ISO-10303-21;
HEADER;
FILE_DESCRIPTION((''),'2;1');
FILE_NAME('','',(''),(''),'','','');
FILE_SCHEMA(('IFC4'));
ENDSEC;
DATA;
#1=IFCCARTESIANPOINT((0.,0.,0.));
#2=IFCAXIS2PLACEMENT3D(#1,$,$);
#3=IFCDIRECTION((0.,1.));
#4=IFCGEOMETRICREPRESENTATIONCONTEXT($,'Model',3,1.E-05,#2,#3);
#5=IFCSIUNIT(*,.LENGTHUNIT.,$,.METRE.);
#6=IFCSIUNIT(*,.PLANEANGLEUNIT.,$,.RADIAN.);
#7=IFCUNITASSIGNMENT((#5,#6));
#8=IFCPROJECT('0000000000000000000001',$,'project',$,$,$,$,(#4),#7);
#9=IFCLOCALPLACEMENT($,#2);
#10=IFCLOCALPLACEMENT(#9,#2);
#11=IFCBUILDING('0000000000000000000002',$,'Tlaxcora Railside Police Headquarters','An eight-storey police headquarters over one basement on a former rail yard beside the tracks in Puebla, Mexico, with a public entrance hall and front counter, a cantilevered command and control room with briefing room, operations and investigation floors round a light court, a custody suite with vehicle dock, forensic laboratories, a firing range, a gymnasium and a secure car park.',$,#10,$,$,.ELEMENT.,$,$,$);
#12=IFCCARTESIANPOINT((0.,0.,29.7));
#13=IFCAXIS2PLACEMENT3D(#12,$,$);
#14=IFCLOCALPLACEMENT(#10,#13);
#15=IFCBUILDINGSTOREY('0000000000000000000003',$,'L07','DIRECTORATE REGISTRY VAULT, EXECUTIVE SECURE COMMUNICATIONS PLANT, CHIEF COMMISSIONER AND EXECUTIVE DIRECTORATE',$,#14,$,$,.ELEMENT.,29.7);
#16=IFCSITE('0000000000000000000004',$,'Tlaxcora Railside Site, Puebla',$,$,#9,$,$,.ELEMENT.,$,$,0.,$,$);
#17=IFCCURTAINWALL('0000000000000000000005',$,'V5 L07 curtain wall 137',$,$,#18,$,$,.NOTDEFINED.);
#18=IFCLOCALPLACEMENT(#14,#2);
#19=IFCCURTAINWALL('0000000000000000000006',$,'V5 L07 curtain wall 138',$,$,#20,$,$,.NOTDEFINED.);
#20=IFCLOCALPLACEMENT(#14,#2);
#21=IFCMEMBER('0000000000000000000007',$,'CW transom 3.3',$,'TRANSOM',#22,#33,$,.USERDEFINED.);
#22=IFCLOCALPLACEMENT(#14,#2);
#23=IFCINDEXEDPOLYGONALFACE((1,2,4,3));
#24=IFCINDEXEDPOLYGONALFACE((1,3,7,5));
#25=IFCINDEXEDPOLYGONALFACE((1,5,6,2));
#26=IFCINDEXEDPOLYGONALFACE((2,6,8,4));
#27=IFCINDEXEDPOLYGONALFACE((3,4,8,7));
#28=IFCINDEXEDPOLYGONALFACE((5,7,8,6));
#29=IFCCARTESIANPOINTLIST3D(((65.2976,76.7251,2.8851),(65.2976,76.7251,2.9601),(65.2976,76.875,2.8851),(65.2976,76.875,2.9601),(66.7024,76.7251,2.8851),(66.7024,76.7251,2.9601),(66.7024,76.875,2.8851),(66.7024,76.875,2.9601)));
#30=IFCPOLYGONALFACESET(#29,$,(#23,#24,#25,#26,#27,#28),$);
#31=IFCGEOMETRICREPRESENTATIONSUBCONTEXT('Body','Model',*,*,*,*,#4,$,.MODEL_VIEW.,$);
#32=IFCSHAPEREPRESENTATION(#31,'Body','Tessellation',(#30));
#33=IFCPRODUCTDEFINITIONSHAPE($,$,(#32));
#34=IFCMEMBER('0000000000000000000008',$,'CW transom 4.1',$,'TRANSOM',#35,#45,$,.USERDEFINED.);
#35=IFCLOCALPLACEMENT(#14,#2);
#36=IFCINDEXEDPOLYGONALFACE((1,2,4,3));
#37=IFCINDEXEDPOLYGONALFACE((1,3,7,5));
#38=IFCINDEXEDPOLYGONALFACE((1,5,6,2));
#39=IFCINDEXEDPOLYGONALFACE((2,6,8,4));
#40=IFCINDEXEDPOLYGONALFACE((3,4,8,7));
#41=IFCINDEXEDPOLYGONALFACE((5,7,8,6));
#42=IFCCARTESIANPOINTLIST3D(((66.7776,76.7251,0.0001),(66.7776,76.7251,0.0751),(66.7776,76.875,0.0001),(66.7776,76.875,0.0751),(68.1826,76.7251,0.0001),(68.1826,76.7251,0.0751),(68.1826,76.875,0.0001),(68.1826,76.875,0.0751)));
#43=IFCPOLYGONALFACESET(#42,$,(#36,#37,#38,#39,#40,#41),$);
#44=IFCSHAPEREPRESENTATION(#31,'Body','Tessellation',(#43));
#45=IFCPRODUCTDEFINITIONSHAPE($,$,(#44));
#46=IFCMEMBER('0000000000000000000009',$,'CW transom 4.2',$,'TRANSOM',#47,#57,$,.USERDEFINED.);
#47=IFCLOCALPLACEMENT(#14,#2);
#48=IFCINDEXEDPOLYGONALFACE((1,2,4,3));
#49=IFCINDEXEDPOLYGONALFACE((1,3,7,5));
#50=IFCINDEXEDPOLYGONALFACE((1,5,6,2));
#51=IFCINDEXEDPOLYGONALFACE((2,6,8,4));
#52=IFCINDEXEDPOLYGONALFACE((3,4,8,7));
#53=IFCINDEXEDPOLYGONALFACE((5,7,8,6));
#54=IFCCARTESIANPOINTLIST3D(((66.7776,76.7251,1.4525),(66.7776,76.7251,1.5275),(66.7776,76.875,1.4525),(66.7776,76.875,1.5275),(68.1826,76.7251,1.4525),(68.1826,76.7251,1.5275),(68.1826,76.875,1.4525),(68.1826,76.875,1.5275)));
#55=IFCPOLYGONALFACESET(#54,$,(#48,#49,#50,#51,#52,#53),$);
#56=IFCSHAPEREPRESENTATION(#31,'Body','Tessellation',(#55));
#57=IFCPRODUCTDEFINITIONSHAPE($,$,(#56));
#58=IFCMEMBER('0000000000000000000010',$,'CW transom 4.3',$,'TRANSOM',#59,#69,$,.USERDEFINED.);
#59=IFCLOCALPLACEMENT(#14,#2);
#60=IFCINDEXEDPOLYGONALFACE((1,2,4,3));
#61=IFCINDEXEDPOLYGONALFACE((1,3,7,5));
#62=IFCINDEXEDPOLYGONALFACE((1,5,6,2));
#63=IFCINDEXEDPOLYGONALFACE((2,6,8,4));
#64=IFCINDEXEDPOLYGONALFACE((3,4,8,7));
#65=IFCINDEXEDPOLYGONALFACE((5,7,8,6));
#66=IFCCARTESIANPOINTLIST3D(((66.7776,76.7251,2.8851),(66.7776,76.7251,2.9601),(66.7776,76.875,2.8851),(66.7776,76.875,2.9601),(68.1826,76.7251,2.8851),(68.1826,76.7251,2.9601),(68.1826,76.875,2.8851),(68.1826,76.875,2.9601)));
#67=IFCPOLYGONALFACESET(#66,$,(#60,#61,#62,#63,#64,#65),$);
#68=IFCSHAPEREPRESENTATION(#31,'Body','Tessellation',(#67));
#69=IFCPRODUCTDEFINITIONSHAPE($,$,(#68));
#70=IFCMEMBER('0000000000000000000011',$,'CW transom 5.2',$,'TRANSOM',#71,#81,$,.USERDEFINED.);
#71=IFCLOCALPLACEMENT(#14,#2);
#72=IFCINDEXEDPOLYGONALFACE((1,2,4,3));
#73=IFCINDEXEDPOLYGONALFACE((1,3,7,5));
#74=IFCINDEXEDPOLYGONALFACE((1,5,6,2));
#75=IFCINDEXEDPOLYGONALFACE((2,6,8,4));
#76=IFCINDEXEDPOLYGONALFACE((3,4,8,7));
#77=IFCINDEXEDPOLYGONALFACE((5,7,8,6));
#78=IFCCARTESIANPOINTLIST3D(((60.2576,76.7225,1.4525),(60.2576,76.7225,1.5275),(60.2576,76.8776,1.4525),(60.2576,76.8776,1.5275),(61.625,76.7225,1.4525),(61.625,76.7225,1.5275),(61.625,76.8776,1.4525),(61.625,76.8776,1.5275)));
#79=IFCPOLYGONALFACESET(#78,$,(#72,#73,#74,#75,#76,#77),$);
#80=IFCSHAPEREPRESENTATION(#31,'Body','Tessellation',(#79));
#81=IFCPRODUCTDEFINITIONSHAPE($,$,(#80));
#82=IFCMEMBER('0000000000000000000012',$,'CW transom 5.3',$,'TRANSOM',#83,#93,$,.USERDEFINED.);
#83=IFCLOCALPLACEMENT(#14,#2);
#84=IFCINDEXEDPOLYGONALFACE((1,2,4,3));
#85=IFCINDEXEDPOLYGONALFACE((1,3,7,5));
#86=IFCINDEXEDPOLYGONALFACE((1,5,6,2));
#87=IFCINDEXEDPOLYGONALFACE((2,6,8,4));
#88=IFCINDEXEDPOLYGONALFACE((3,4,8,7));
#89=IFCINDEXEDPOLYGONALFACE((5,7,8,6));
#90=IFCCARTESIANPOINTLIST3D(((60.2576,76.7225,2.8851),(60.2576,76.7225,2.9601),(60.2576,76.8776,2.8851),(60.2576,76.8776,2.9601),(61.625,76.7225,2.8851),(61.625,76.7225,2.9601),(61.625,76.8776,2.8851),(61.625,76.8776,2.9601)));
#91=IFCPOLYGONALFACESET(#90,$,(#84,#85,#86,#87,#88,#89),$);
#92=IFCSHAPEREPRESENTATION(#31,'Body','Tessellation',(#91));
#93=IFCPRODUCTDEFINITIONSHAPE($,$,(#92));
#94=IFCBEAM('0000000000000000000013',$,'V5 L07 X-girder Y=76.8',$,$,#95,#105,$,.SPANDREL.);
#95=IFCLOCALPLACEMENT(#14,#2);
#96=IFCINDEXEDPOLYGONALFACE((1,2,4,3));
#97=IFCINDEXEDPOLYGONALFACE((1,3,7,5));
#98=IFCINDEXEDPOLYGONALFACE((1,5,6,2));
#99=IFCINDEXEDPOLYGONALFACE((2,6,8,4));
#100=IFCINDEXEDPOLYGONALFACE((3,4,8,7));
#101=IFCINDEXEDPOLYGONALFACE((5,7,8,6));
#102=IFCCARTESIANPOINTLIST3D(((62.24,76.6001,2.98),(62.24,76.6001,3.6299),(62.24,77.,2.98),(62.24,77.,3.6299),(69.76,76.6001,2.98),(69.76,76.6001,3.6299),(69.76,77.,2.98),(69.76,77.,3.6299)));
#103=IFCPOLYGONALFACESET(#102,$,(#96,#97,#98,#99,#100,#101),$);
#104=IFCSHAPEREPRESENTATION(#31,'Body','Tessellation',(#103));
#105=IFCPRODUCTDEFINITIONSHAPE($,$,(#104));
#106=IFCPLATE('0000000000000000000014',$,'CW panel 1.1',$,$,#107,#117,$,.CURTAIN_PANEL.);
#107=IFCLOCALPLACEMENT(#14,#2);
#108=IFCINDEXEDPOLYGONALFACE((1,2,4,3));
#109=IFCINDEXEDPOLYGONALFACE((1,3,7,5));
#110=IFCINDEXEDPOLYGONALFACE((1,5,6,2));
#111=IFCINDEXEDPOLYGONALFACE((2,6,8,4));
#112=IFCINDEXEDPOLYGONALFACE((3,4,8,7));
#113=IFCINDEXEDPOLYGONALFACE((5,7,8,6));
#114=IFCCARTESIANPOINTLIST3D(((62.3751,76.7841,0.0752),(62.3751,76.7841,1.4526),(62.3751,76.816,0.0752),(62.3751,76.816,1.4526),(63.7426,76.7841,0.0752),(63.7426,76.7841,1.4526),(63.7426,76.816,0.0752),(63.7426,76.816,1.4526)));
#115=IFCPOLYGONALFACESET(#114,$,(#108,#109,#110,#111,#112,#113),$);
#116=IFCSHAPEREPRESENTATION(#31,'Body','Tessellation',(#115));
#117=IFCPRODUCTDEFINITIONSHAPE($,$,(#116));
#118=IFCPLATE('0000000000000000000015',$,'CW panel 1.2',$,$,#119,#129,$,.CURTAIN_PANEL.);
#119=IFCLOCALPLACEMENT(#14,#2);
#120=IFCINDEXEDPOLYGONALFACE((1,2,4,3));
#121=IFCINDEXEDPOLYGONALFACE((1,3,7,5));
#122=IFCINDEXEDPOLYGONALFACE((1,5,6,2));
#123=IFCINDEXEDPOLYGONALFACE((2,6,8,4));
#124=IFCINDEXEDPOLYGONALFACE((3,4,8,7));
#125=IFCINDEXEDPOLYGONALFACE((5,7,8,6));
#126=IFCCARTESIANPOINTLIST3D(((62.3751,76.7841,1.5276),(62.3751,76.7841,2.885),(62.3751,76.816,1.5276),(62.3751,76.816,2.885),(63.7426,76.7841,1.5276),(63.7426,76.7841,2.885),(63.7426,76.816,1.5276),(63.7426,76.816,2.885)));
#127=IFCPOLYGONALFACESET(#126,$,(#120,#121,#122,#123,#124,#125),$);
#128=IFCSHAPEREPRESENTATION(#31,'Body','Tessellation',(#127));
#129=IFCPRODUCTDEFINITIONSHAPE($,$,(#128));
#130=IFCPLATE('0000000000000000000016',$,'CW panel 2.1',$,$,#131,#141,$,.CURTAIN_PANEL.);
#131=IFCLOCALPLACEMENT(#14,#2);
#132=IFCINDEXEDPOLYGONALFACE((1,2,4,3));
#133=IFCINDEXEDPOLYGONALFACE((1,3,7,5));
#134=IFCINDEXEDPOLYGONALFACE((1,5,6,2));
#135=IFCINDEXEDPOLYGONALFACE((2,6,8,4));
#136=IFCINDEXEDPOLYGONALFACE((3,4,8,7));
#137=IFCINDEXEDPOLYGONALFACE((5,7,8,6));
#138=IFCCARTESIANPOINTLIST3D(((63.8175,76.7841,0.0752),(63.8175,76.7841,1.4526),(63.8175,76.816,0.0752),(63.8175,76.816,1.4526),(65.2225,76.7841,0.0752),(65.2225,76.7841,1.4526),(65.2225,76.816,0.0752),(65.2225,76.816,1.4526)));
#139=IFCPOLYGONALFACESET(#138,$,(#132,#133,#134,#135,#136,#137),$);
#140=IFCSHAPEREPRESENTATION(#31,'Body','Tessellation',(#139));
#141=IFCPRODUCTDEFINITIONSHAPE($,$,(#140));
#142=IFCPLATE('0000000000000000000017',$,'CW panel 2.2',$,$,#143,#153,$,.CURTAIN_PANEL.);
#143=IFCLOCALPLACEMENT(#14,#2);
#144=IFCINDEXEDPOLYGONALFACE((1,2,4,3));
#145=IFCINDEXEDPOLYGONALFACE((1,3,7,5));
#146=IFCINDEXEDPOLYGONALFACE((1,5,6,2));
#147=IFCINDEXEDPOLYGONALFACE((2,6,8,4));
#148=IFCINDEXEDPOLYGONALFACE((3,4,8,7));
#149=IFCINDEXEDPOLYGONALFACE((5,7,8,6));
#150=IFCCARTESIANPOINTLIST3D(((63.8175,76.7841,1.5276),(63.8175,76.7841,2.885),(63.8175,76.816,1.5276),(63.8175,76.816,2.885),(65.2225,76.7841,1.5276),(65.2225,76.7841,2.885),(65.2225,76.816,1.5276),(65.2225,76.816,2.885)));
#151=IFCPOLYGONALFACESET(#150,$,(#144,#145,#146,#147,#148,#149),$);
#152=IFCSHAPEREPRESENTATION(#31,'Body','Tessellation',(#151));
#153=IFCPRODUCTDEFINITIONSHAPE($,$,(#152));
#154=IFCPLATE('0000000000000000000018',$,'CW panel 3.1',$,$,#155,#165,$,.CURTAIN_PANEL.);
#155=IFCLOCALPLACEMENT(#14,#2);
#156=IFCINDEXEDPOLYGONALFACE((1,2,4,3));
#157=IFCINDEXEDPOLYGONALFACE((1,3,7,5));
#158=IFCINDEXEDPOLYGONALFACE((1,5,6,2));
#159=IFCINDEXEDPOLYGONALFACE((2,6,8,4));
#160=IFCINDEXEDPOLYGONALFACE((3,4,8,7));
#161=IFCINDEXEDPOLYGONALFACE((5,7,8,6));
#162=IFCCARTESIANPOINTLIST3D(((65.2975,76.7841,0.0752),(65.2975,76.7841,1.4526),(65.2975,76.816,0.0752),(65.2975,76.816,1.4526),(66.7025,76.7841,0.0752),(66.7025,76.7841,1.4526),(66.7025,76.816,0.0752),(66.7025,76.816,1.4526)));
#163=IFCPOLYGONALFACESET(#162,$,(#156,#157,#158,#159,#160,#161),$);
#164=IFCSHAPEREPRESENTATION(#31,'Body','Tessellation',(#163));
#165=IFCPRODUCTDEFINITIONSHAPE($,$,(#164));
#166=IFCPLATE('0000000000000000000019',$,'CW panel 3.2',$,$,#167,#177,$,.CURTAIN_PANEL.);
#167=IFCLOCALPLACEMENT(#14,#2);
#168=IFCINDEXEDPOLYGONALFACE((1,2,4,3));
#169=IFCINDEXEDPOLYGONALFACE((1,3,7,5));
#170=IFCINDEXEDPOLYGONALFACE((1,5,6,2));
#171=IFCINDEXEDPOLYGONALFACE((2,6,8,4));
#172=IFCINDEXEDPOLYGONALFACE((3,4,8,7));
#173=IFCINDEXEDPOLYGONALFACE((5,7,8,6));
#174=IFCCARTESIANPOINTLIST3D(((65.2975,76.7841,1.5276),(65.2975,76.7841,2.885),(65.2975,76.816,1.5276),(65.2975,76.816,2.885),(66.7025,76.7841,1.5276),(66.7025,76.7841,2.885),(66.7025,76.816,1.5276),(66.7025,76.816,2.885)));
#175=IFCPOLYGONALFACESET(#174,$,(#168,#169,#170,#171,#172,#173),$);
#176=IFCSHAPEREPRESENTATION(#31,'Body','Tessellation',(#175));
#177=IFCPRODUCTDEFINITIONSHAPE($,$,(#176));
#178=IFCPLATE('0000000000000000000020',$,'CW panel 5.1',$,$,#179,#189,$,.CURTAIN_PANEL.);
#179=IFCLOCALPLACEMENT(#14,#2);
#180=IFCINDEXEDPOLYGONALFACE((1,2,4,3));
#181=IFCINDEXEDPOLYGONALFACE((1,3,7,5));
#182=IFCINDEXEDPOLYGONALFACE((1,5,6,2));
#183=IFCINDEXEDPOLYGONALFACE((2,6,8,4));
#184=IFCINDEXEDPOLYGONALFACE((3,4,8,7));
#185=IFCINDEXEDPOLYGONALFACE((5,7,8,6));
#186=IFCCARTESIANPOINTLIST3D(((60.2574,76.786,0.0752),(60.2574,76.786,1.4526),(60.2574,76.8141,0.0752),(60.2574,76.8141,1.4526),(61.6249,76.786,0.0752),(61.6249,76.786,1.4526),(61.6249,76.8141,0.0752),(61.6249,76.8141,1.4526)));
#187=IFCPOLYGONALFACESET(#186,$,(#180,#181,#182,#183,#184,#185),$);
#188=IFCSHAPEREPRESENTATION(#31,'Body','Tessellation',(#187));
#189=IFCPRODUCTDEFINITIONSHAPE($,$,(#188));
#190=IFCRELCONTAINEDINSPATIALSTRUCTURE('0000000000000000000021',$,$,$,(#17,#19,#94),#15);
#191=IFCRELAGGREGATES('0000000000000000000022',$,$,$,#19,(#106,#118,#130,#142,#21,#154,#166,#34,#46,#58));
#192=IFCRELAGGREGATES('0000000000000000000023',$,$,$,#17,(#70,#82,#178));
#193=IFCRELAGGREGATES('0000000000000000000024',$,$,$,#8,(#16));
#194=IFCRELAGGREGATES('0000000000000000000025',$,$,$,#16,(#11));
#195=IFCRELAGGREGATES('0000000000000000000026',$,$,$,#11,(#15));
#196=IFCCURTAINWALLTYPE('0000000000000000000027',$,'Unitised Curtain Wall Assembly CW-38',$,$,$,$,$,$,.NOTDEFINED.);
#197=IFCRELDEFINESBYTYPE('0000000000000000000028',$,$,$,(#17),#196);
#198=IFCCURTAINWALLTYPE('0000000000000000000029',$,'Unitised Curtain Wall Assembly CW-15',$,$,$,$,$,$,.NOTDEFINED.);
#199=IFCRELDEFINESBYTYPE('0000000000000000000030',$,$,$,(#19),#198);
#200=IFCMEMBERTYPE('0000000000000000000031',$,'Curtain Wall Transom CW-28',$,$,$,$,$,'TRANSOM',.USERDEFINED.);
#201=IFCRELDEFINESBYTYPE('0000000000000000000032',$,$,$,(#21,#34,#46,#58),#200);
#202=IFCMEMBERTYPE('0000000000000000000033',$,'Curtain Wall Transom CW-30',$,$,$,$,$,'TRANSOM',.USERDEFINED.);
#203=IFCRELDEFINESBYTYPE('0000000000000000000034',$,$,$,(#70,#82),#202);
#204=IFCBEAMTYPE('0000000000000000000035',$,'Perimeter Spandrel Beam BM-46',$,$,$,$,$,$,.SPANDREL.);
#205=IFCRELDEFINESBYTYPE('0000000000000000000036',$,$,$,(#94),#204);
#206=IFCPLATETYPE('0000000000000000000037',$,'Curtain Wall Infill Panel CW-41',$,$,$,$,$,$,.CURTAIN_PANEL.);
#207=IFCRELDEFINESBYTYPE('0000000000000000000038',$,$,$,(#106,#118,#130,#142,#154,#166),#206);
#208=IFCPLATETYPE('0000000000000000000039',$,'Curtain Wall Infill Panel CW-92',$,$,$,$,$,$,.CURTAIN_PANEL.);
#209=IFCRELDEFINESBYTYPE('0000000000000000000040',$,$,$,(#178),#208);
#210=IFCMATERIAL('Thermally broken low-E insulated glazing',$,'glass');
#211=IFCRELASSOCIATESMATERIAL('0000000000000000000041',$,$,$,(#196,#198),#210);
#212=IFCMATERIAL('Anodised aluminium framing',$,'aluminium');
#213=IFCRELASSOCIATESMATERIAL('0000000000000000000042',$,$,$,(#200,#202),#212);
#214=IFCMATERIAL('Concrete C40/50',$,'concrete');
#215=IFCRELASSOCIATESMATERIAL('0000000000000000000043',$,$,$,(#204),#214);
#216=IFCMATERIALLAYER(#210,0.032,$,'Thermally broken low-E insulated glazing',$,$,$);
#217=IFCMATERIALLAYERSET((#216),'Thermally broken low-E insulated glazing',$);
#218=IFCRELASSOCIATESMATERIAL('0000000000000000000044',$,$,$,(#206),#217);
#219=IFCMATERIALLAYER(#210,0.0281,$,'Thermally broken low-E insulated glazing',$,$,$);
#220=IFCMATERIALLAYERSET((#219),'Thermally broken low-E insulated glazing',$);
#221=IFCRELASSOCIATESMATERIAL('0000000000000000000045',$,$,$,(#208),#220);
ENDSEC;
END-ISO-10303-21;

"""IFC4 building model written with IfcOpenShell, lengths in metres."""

from ifc_helpers import new_model, si_unit, direction, frame, origin, origin_2d, place, context, subcontext, project, spatial, rectangle, extrude, material, layer, layer_set, material_profile, profile_set, type_object, element, aggregate, save


model = new_model("IFC4")

# Units and contexts
model_context = context("Model", 3, precision=1e-05, world=origin(), true_north=direction((0.0, 1.0)))
body_context = subcontext(model_context, "Body", "Model", "MODEL_VIEW")
ifc_project = project(units=[si_unit("LENGTHUNIT", "METRE"), si_unit("PLANEANGLEUNIT", "RADIAN")], contexts=[model_context])

# Site, building, storey
site_placement = place(None, origin())
site = spatial("IfcSite", under=ifc_project, at=site_placement, Name="Tlaxcora Railside Site, Puebla", CompositionType="ELEMENT", RefElevation=0.0)
building_placement = place(site_placement, origin())
building = spatial("IfcBuilding", under=site, at=building_placement, Name="Tlaxcora Railside Police Headquarters", Description="An eight-storey police headquarters over one basement on a former rail yard beside the tracks in Puebla, Mexico, with a public entrance hall and front counter, a cantilevered command and control room with briefing room, operations and investigation floors round a light court, a custody suite with vehicle dock, forensic laboratories, a firing range, a gymnasium and a secure car park.", CompositionType="ELEMENT")
storey_placement = place(building_placement, frame((0.0, 0.0, 29.7)))
storey = spatial("IfcBuildingStorey", under=building, at=storey_placement, Name="L07", Description="DIRECTORATE REGISTRY VAULT, EXECUTIVE SECURE COMMUNICATIONS PLANT, CHIEF COMMISSIONER AND EXECUTIVE DIRECTORATE", CompositionType="ELEMENT", Elevation=29.7)

# Shared definitions
ifc_material_1 = material(Name="Concrete C40/50", Category="concrete")

# Curtain wall
ifc_material_2 = material(Name="Thermally broken low-E insulated glazing", Category="glass")
curtain_wall_type_1 = type_object("IfcCurtainWallType", Name="Unitised Curtain Wall Assembly CW-38", PredefinedType="NOTDEFINED", material=ifc_material_2)
curtain_wall_1_placement = place(storey_placement, origin())
curtain_wall_1 = element("IfcCurtainWall", 1, at=curtain_wall_1_placement, inside=storey, type_object=curtain_wall_type_1, Name="V5 L07 curtain wall 137", PredefinedType="NOTDEFINED")
ifc_material_3 = material(Name="Anodised aluminium framing", Category="aluminium")

# Curtain wall, members
curtain_wall_type_2 = type_object("IfcCurtainWallType", Name="Unitised Curtain Wall Assembly CW-15", PredefinedType="NOTDEFINED", material=ifc_material_2)
curtain_wall_2_placement = place(storey_placement, origin())
curtain_wall_2 = element("IfcCurtainWall", 2, at=curtain_wall_2_placement, inside=storey, type_object=curtain_wall_type_2, Name="V5 L07 curtain wall 138", PredefinedType="NOTDEFINED")
ifc_material_profile_1 = material_profile(ifc_material_3, rectangle(XDim=0.1499, YDim=0.075, at=origin_2d()), Name="AL75X150")
ifc_profile_set_1 = profile_set([ifc_material_profile_1], Name="Anodised aluminium framing")
member_type_1 = type_object("IfcMemberType", Name="Curtain Wall Transom CW-28", ElementType="TRANSOM", PredefinedType="USERDEFINED", material=ifc_profile_set_1)
member_1_placement = place(storey_placement, frame((65.2976, 76.8, 2.9226), z_axis=(1.0, 0.0, 0.0), x_axis=(0.0, 1.0, 0.0)))
member_1 = element("IfcMember", 3, at=member_1_placement, type_object=member_type_1, Name="CW transom 3.3", ObjectType="TRANSOM", PredefinedType="USERDEFINED", context=body_context, shape_type="SweptSolid", body=[
    extrude(rectangle(XDim=0.1499, YDim=0.075, at=origin_2d()), origin(), (0.0, 0.0, 1.0), 1.4048),
])
member_2_placement = place(storey_placement, frame((66.7776, 76.8, 0.0376), z_axis=(1.0, 0.0, 0.0), x_axis=(0.0, 1.0, 0.0)))
member_2 = element("IfcMember", 4, at=member_2_placement, type_object=member_type_1, Name="CW transom 4.1", ObjectType="TRANSOM", PredefinedType="USERDEFINED", context=body_context, shape_type="SweptSolid", body=[
    extrude(rectangle(XDim=0.1499, YDim=0.075, at=origin_2d()), origin(), (0.0, 0.0, 1.0), 1.405),
])
member_3_placement = place(storey_placement, frame((66.7776, 76.8, 1.49), z_axis=(1.0, 0.0, 0.0), x_axis=(0.0, 1.0, 0.0)))
member_3 = element("IfcMember", 5, at=member_3_placement, type_object=member_type_1, Name="CW transom 4.2", ObjectType="TRANSOM", PredefinedType="USERDEFINED", context=body_context, shape_type="SweptSolid", body=[
    extrude(rectangle(XDim=0.1499, YDim=0.075, at=origin_2d()), origin(), (0.0, 0.0, 1.0), 1.405),
])
member_4_placement = place(storey_placement, frame((66.7776, 76.8, 2.9226), z_axis=(1.0, 0.0, 0.0), x_axis=(0.0, 1.0, 0.0)))
member_4 = element("IfcMember", 6, at=member_4_placement, type_object=member_type_1, Name="CW transom 4.3", ObjectType="TRANSOM", PredefinedType="USERDEFINED", context=body_context, shape_type="SweptSolid", body=[
    extrude(rectangle(XDim=0.1499, YDim=0.075, at=origin_2d()), origin(), (0.0, 0.0, 1.0), 1.405),
])

# Members
ifc_material_profile_2 = material_profile(ifc_material_3, rectangle(XDim=0.155, YDim=0.075, at=origin_2d()), Name="AL75X155")
ifc_profile_set_2 = profile_set([ifc_material_profile_2], Name="Anodised aluminium framing")
member_type_2 = type_object("IfcMemberType", Name="Curtain Wall Transom CW-30", ElementType="TRANSOM", PredefinedType="USERDEFINED", material=ifc_profile_set_2)
member_5_placement = place(storey_placement, frame((60.2576, 76.8, 1.49), z_axis=(1.0, 0.0, 0.0), x_axis=(0.0, 1.0, 0.0)))
member_5 = element("IfcMember", 7, at=member_5_placement, type_object=member_type_2, Name="CW transom 5.2", ObjectType="TRANSOM", PredefinedType="USERDEFINED", context=body_context, shape_type="SweptSolid", body=[
    extrude(rectangle(XDim=0.155, YDim=0.075, at=origin_2d()), origin(), (0.0, 0.0, 1.0), 1.3674),
])
member_6_placement = place(storey_placement, frame((60.2576, 76.8, 2.9226), z_axis=(1.0, 0.0, 0.0), x_axis=(0.0, 1.0, 0.0)))
member_6 = element("IfcMember", 8, at=member_6_placement, type_object=member_type_2, Name="CW transom 5.3", ObjectType="TRANSOM", PredefinedType="USERDEFINED", context=body_context, shape_type="SweptSolid", body=[
    extrude(rectangle(XDim=0.155, YDim=0.075, at=origin_2d()), origin(), (0.0, 0.0, 1.0), 1.3674),
])

# Beam
ifc_material_profile_3 = material_profile(ifc_material_1, rectangle(XDim=0.3999, YDim=0.6499, at=origin_2d()), Name="RC400X650")
ifc_profile_set_3 = profile_set([ifc_material_profile_3], Name="Concrete C40/50")
beam_type = type_object("IfcBeamType", Name="Perimeter Spandrel Beam BM-46", PredefinedType="SPANDREL", material=ifc_profile_set_3)
beam_placement = place(storey_placement, frame((62.24, 76.8, 3.3049), z_axis=(1.0, 0.0, 0.0), x_axis=(0.0, 1.0, 0.0)))
element("IfcBeam", 9, at=beam_placement, inside=storey, type_object=beam_type, Name="V5 L07 X-girder Y=76.8", PredefinedType="SPANDREL", context=body_context, shape_type="SweptSolid", body=[
    extrude(rectangle(XDim=0.3999, YDim=0.6499, at=origin_2d()), origin(), (0.0, 0.0, 1.0), 7.52),
])

# Plates
ifc_layer_1 = layer(ifc_material_2, 0.032, Name="Thermally broken low-E insulated glazing")
ifc_layer_set_1 = layer_set([ifc_layer_1], Name="Thermally broken low-E insulated glazing")
plate_type_1 = type_object("IfcPlateType", Name="Curtain Wall Infill Panel CW-41", PredefinedType="CURTAIN_PANEL", material=ifc_layer_set_1)
plate_1_placement = place(storey_placement, frame((63.0588, 76.8, 0.0752), z_axis=(0.0, 0.0, 1.0), x_axis=(1.0, 0.0, 0.0)))
plate_1 = element("IfcPlate", 10, at=plate_1_placement, type_object=plate_type_1, Name="CW panel 1.1", PredefinedType="CURTAIN_PANEL", context=body_context, shape_type="SweptSolid", body=[
    extrude(rectangle(XDim=1.3674, YDim=0.032, at=origin_2d()), origin(), (0.0, 0.0, 1.0), 1.3774),
])
plate_2_placement = place(storey_placement, frame((63.0588, 76.8, 1.5276), z_axis=(0.0, 0.0, 1.0), x_axis=(1.0, 0.0, 0.0)))
plate_2 = element("IfcPlate", 11, at=plate_2_placement, type_object=plate_type_1, Name="CW panel 1.2", PredefinedType="CURTAIN_PANEL", context=body_context, shape_type="SweptSolid", body=[
    extrude(rectangle(XDim=1.3674, YDim=0.032, at=origin_2d()), origin(), (0.0, 0.0, 1.0), 1.3574),
])
plate_3_placement = place(storey_placement, frame((64.52, 76.8, 0.0752), z_axis=(0.0, 0.0, 1.0), x_axis=(1.0, 0.0, 0.0)))
plate_3 = element("IfcPlate", 12, at=plate_3_placement, type_object=plate_type_1, Name="CW panel 2.1", PredefinedType="CURTAIN_PANEL", context=body_context, shape_type="SweptSolid", body=[
    extrude(rectangle(XDim=1.405, YDim=0.032, at=origin_2d()), origin(), (0.0, 0.0, 1.0), 1.3774),
])
plate_4_placement = place(storey_placement, frame((64.52, 76.8, 1.5276), z_axis=(0.0, 0.0, 1.0), x_axis=(1.0, 0.0, 0.0)))
plate_4 = element("IfcPlate", 13, at=plate_4_placement, type_object=plate_type_1, Name="CW panel 2.2", PredefinedType="CURTAIN_PANEL", context=body_context, shape_type="SweptSolid", body=[
    extrude(rectangle(XDim=1.405, YDim=0.032, at=origin_2d()), origin(), (0.0, 0.0, 1.0), 1.3574),
])
plate_5_placement = place(storey_placement, frame((66.0, 76.8, 0.0752), z_axis=(0.0, 0.0, 1.0), x_axis=(1.0, 0.0, 0.0)))
plate_5 = element("IfcPlate", 14, at=plate_5_placement, type_object=plate_type_1, Name="CW panel 3.1", PredefinedType="CURTAIN_PANEL", context=body_context, shape_type="SweptSolid", body=[
    extrude(rectangle(XDim=1.405, YDim=0.032, at=origin_2d()), origin(), (0.0, 0.0, 1.0), 1.3774),
])
plate_6_placement = place(storey_placement, frame((66.0, 76.8, 1.5276), z_axis=(0.0, 0.0, 1.0), x_axis=(1.0, 0.0, 0.0)))
plate_6 = element("IfcPlate", 15, at=plate_6_placement, type_object=plate_type_1, Name="CW panel 3.2", PredefinedType="CURTAIN_PANEL", context=body_context, shape_type="SweptSolid", body=[
    extrude(rectangle(XDim=1.405, YDim=0.032, at=origin_2d()), origin(), (0.0, 0.0, 1.0), 1.3574),
])
aggregate(curtain_wall_2, [plate_1, plate_2, plate_3, plate_4, member_1, plate_5, plate_6, member_2, member_3, member_4])
ifc_layer_2 = layer(ifc_material_2, 0.0281, Name="Thermally broken low-E insulated glazing")
ifc_layer_set_2 = layer_set([ifc_layer_2], Name="Thermally broken low-E insulated glazing")
plate_type_2 = type_object("IfcPlateType", Name="Curtain Wall Infill Panel CW-92", PredefinedType="CURTAIN_PANEL", material=ifc_layer_set_2)
plate_7_placement = place(storey_placement, frame((60.9412, 76.8, 0.0752), z_axis=(0.0, 0.0, 1.0), x_axis=(1.0, 0.0, 0.0)))
plate_7 = element("IfcPlate", 16, at=plate_7_placement, type_object=plate_type_2, Name="CW panel 5.1", PredefinedType="CURTAIN_PANEL", context=body_context, shape_type="SweptSolid", body=[
    extrude(rectangle(XDim=1.3674, YDim=0.0281, at=origin_2d()), origin(), (0.0, 0.0, 1.0), 1.3774),
])
aggregate(curtain_wall_1, [member_5, member_6, plate_7])

save(model, "model.ifc")
